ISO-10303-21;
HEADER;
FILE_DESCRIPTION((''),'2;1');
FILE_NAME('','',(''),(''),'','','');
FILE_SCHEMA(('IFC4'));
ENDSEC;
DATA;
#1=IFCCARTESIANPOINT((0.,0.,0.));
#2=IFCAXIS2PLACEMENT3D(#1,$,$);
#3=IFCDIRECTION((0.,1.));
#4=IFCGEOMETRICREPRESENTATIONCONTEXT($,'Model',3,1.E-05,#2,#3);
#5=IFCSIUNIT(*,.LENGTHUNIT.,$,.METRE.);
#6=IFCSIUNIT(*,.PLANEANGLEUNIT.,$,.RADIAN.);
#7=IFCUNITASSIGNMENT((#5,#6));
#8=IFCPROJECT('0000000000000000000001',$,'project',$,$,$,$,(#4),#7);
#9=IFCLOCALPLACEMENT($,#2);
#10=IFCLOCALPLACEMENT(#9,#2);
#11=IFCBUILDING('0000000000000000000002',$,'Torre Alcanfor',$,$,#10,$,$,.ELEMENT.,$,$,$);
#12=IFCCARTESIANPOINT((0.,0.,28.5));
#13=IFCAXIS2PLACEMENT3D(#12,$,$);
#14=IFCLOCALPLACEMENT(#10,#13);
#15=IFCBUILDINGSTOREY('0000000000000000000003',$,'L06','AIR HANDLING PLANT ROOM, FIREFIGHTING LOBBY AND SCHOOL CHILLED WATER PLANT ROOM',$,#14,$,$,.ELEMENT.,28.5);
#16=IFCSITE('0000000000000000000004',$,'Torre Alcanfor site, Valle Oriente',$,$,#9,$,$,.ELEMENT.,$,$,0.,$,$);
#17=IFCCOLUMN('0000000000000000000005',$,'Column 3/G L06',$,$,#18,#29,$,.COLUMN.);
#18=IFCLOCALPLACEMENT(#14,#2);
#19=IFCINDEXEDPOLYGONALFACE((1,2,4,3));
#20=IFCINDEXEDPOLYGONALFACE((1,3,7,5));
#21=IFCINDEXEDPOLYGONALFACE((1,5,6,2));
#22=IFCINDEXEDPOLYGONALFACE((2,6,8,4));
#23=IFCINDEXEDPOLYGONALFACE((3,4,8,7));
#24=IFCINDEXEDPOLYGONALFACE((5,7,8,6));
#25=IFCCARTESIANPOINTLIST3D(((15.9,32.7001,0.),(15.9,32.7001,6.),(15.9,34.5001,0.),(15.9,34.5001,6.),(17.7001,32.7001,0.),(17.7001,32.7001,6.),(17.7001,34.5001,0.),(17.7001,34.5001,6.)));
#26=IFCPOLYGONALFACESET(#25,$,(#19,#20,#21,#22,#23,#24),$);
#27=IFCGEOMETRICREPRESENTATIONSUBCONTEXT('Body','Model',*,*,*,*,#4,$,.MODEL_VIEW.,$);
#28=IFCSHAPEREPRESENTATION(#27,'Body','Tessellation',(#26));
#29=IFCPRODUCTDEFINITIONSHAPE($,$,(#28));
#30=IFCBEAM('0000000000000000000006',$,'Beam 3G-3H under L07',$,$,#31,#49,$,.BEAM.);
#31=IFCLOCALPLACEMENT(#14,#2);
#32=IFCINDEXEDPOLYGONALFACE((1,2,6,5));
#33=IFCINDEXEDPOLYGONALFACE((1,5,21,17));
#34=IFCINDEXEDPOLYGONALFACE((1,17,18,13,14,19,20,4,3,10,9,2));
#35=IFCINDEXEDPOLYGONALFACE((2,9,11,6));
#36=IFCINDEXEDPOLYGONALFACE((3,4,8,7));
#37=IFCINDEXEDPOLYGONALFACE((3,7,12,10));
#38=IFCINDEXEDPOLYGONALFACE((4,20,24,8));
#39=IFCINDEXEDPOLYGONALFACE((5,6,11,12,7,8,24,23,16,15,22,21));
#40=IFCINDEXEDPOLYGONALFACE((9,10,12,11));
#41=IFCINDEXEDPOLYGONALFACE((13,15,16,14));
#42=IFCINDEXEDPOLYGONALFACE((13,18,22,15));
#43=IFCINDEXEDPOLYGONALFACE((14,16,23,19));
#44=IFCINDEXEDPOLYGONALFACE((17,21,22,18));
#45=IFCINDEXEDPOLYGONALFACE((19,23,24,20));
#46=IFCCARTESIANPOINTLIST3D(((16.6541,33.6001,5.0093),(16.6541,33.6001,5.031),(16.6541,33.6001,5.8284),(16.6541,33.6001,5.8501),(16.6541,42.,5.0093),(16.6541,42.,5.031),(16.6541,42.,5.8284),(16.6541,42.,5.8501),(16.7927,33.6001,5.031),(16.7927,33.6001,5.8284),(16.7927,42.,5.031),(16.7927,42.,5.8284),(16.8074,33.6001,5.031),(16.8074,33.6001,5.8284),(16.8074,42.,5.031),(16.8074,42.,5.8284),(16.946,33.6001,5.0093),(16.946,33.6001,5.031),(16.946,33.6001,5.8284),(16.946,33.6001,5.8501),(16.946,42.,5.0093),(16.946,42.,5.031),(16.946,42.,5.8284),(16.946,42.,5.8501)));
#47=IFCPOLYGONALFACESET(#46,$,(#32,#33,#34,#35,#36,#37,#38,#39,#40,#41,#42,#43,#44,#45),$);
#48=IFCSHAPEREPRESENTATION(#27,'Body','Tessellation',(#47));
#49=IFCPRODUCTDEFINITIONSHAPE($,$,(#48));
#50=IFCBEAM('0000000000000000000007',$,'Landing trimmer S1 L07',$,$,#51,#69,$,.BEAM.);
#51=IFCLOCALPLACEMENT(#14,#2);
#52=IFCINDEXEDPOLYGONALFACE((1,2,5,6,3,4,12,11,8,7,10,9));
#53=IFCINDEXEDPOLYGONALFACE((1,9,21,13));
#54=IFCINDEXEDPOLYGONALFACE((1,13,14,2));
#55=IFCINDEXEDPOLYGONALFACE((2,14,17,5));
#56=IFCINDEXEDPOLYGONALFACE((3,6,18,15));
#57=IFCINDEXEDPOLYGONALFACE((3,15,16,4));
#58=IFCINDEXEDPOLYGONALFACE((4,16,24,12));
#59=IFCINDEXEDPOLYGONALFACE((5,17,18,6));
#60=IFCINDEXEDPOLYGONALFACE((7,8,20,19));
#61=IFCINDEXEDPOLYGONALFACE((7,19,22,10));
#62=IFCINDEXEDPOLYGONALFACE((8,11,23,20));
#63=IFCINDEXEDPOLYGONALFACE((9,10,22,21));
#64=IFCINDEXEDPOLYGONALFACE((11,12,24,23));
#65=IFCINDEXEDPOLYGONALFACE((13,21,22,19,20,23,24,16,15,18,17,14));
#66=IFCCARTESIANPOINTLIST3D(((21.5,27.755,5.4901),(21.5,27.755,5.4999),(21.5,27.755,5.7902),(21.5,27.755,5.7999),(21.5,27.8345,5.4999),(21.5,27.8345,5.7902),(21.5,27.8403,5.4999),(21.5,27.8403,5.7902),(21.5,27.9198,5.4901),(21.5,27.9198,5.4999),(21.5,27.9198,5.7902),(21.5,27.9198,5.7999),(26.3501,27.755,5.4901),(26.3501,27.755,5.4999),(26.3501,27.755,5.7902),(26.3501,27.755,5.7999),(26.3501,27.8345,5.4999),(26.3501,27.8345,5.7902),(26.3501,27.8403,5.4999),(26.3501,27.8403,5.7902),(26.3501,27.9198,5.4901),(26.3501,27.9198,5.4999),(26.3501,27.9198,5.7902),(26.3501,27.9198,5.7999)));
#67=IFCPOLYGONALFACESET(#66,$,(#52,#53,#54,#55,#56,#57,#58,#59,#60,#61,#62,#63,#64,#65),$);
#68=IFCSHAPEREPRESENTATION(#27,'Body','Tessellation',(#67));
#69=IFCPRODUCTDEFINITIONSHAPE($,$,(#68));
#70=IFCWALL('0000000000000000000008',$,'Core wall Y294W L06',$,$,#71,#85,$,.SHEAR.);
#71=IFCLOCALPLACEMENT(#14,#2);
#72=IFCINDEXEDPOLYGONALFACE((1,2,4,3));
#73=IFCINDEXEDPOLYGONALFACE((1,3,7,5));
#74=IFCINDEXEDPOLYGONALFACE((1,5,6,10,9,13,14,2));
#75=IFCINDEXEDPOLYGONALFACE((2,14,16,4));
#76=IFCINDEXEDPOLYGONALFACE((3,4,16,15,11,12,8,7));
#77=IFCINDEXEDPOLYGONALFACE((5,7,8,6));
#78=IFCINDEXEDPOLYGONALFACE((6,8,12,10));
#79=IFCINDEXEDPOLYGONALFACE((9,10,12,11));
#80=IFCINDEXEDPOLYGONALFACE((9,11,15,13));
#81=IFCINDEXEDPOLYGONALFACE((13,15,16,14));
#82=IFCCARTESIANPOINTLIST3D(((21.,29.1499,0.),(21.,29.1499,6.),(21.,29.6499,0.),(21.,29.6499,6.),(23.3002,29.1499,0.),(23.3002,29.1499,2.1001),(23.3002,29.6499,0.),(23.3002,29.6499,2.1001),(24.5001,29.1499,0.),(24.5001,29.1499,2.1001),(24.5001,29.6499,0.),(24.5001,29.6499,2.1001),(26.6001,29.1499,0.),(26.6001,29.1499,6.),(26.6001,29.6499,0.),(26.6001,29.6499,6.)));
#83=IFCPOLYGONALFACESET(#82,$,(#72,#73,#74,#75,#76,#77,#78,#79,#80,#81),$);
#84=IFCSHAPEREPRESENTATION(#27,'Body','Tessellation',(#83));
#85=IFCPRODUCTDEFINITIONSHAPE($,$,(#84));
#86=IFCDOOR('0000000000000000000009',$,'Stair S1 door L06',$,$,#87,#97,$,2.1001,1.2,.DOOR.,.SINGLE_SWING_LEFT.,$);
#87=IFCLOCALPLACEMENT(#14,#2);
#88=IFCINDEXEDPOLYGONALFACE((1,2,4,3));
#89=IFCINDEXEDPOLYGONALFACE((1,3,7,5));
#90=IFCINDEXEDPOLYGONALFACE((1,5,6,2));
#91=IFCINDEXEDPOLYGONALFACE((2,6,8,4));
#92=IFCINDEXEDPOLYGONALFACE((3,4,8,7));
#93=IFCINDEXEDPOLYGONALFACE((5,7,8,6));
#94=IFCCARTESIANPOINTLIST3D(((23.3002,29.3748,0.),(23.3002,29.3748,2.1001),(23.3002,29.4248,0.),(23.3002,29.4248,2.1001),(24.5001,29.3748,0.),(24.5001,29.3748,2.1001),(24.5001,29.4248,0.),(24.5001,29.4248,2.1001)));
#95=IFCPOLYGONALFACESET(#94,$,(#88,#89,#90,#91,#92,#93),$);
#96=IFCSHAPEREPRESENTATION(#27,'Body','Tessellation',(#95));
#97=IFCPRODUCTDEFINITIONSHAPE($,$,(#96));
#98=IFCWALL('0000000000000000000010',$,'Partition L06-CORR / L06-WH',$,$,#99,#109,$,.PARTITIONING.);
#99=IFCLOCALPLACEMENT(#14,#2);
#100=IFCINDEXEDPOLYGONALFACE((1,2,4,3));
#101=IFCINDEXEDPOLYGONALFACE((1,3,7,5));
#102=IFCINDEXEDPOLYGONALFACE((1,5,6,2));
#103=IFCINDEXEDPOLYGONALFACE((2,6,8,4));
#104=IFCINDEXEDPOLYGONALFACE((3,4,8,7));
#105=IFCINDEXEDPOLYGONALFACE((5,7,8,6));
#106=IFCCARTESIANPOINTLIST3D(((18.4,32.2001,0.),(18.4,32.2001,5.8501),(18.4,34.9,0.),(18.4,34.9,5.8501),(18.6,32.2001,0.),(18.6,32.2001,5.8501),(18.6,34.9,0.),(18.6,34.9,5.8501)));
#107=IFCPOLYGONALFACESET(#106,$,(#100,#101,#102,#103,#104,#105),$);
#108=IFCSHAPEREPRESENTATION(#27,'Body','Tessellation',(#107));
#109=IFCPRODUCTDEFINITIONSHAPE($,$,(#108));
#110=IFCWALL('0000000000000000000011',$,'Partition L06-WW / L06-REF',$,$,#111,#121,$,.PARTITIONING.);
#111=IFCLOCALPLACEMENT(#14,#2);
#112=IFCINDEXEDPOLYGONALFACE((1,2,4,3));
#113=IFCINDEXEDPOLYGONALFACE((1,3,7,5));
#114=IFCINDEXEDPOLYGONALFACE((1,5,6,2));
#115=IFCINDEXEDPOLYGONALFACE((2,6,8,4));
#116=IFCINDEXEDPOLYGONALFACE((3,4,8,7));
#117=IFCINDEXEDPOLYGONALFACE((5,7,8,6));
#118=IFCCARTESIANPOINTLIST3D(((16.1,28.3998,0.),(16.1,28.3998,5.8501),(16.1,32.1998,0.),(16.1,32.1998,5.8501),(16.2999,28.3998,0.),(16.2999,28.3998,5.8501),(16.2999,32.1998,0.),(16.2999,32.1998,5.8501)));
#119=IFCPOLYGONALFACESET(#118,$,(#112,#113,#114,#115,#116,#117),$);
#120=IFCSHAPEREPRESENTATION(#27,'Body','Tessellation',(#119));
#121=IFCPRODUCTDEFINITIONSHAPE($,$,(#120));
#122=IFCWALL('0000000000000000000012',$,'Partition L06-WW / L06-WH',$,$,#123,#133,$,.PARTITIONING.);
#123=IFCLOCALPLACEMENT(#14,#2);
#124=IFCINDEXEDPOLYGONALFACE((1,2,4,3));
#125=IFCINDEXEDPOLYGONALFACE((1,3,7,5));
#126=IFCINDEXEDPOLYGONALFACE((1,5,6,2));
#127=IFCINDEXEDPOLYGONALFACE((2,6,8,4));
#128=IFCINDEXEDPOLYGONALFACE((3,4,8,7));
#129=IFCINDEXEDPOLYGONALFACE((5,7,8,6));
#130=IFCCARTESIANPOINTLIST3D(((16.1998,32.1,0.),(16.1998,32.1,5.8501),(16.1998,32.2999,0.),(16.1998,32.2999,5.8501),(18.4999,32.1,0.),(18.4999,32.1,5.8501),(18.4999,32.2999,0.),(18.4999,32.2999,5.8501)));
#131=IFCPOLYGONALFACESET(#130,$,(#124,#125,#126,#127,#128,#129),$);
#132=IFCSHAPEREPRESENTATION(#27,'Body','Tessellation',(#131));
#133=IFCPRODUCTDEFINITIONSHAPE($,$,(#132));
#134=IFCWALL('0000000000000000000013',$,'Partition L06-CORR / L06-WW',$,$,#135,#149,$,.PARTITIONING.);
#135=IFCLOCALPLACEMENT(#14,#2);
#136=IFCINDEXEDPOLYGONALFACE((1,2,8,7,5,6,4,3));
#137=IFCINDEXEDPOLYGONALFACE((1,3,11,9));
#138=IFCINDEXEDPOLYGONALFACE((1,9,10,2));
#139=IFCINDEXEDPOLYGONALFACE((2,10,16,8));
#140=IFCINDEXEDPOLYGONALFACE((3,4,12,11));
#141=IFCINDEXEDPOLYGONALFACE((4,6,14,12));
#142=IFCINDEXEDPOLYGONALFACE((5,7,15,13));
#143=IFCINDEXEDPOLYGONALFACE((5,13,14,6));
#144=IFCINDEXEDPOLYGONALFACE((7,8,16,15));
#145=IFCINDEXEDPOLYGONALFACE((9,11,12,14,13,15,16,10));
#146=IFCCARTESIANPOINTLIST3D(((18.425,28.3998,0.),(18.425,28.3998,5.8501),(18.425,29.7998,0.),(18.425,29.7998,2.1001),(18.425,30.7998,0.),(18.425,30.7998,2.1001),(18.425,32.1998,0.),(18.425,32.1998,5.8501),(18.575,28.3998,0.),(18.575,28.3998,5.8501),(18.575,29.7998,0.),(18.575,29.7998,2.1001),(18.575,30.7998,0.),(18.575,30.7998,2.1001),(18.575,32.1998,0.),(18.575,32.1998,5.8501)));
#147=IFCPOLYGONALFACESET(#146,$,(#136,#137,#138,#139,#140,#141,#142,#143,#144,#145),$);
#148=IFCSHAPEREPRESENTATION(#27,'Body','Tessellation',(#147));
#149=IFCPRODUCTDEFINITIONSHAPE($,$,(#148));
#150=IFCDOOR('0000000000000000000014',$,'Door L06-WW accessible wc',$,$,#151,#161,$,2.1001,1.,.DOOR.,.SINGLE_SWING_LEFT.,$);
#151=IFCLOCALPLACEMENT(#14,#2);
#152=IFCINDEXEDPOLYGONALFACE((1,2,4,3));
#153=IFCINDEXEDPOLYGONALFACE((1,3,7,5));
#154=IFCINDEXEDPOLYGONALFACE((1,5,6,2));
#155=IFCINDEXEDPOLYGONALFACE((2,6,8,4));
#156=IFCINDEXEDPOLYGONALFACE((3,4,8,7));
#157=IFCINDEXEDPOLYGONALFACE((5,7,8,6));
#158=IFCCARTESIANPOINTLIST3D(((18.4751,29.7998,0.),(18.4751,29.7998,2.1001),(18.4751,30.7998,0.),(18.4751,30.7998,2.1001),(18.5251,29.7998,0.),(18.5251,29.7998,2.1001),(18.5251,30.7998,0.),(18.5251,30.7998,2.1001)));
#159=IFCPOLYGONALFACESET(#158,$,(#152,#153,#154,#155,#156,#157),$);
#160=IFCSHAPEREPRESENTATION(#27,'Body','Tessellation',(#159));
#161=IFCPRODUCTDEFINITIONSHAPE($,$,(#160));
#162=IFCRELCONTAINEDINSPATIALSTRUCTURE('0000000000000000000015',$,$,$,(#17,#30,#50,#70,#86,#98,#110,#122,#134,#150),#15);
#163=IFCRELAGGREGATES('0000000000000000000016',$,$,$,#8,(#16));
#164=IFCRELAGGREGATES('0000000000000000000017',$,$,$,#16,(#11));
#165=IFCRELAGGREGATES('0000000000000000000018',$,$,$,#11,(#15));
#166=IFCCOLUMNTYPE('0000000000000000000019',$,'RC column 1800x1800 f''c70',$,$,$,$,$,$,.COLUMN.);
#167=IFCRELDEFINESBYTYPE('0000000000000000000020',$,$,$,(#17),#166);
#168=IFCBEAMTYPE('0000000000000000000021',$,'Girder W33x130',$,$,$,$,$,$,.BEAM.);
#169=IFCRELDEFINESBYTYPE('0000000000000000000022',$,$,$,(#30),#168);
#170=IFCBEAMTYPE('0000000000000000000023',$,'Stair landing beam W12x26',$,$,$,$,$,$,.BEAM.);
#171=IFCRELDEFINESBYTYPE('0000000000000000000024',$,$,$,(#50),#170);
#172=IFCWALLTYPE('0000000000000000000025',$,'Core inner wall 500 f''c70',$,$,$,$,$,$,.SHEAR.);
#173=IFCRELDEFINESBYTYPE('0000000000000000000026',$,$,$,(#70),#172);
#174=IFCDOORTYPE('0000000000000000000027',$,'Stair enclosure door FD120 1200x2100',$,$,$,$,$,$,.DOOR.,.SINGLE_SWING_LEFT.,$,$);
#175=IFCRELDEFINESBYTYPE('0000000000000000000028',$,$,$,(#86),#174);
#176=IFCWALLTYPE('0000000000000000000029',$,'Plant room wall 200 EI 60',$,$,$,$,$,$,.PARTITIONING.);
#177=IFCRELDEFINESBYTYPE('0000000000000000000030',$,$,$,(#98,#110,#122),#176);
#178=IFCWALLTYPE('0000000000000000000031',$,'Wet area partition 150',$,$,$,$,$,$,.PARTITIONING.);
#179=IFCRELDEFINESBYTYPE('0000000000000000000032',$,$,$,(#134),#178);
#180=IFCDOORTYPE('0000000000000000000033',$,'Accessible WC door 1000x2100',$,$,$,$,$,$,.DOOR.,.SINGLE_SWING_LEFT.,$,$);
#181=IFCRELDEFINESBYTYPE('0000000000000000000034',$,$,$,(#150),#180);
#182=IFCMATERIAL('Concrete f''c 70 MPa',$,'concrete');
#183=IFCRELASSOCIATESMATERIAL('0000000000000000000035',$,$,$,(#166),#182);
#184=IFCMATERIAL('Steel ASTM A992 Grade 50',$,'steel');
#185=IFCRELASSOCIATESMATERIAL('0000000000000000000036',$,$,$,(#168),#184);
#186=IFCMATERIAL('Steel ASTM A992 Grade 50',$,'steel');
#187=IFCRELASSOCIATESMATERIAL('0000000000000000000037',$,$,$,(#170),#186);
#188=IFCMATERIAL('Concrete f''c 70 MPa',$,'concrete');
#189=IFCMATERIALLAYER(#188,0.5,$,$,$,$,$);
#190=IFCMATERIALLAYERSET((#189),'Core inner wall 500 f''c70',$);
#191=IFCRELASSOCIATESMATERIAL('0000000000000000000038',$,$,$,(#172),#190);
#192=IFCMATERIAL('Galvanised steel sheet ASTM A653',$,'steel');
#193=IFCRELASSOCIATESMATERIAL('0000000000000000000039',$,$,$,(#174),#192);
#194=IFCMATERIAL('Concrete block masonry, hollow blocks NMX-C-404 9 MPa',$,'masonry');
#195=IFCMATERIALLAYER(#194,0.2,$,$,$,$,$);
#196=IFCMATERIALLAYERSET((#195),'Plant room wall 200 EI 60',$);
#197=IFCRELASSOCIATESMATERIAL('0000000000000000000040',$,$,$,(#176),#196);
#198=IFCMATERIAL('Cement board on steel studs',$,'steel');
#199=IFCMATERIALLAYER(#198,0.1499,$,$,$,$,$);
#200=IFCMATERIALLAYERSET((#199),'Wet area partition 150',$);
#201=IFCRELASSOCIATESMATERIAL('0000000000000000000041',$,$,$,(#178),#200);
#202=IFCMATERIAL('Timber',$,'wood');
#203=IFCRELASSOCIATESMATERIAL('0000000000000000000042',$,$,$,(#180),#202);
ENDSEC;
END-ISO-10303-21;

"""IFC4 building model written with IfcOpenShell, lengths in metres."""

from ifc_helpers import new_model, si_unit, direction, frame, frame_2d, origin, origin_2d, place, context, subcontext, project, spatial, rectangle, i_section, extrude, material, layer, layer_set, material_profile, profile_set, type_object, element, fill, save


model = new_model("IFC4")

# Units and contexts
model_context = context("Model", 3, precision=1e-05, world=origin(), true_north=direction((0.0, 1.0)))
body_context = subcontext(model_context, "Body", "Model", "MODEL_VIEW")
ifc_project = project(units=[si_unit("LENGTHUNIT", "METRE"), si_unit("PLANEANGLEUNIT", "RADIAN")], contexts=[model_context])

# Site, building, storey
site_placement = place(None, origin())
site = spatial("IfcSite", under=ifc_project, at=site_placement, Name="Torre Alcanfor site, Valle Oriente", CompositionType="ELEMENT", RefElevation=0.0)
building_placement = place(site_placement, origin())
building = spatial("IfcBuilding", under=site, at=building_placement, Name="Torre Alcanfor", CompositionType="ELEMENT")
storey_placement = place(building_placement, frame((0.0, 0.0, 28.5)))
storey = spatial("IfcBuildingStorey", under=building, at=storey_placement, Name="L06", Description="AIR HANDLING PLANT ROOM, FIREFIGHTING LOBBY AND SCHOOL CHILLED WATER PLANT ROOM", CompositionType="ELEMENT", Elevation=28.5)

# Column
ifc_material_1 = material(Name="Concrete f'c 70 MPa", Category="concrete")
ifc_material_profile_1 = material_profile(ifc_material_1, rectangle(XDim=1.8, YDim=1.8, at=origin_2d()), Name="1800x1800")
ifc_profile_set_1 = profile_set([ifc_material_profile_1], Name="Concrete f'c 70 MPa")
column_type = type_object("IfcColumnType", Name="RC column 1800x1800 f'c70", PredefinedType="COLUMN", material=ifc_profile_set_1)
column_placement = place(storey_placement, frame((16.8, 33.6001, 0.0), z_axis=(0.0, 0.0, 1.0), x_axis=(1.0, 0.0, 0.0)))
element("IfcColumn", 1, at=column_placement, inside=storey, type_object=column_type, Name="Column 3/G L06", PredefinedType="COLUMN", context=body_context, shape_type="SweptSolid", body=[
    extrude(rectangle(XDim=1.8, YDim=1.8, at=origin_2d()), origin(), (0.0, 0.0, 1.0), 6.0),
])

# Beams
ifc_material_2 = material(Name="Steel ASTM A992 Grade 50", Category="steel")
ifc_material_profile_2 = material_profile(ifc_material_2, i_section(OverallWidth=0.292, OverallDepth=0.8408, WebThickness=0.0146, FlangeThickness=0.0217, at=origin_2d()), Name="W33x130")
ifc_profile_set_2 = profile_set([ifc_material_profile_2], Name="Steel ASTM A992 Grade 50")
beam_type_1 = type_object("IfcBeamType", Name="Girder W33x130", PredefinedType="BEAM", material=ifc_profile_set_2)
beam_1_placement = place(storey_placement, frame((16.8, 33.6001, 5.4297), z_axis=(0.0, 1.0, 0.0), x_axis=(-1.0, 0.0, 0.0)))
element("IfcBeam", 2, at=beam_1_placement, inside=storey, type_object=beam_type_1, Name="Beam 3G-3H under L07", PredefinedType="BEAM", context=body_context, shape_type="SweptSolid", body=[
    extrude(i_section(OverallWidth=0.292, OverallDepth=0.8408, WebThickness=0.0146, FlangeThickness=0.0217, at=origin_2d()), origin(), (0.0, 0.0, 1.0), 8.3999),
])
ifc_material_3 = material(Name="Steel ASTM A992 Grade 50", Category="steel")
ifc_material_profile_3 = material_profile(ifc_material_3, i_section(OverallWidth=0.1648, OverallDepth=0.3098, WebThickness=0.0059, FlangeThickness=0.0098, at=origin_2d()), Name="W12x26")
ifc_profile_set_3 = profile_set([ifc_material_profile_3], Name="Steel ASTM A992 Grade 50")
beam_type_2 = type_object("IfcBeamType", Name="Stair landing beam W12x26", PredefinedType="BEAM", material=ifc_profile_set_3)
beam_2_placement = place(storey_placement, frame((21.5, 27.8374, 5.645), z_axis=(1.0, 0.0, 0.0), x_axis=(0.0, 1.0, 0.0)))
element("IfcBeam", 3, at=beam_2_placement, inside=storey, type_object=beam_type_2, Name="Landing trimmer S1 L07", PredefinedType="BEAM", context=body_context, shape_type="SweptSolid", body=[
    extrude(i_section(OverallWidth=0.1648, OverallDepth=0.3098, WebThickness=0.0059, FlangeThickness=0.0098, at=origin_2d()), origin(), (0.0, 0.0, 1.0), 4.8501),
])

# Wall, opening, door
ifc_material_4 = material(Name="Concrete f'c 70 MPa", Category="concrete")
ifc_layer_1 = layer(ifc_material_4, 0.5)
ifc_layer_set_1 = layer_set([ifc_layer_1], Name="Core inner wall 500 f'c70")
wall_type_1 = type_object("IfcWallType", Name="Core inner wall 500 f'c70", PredefinedType="SHEAR", material=ifc_layer_set_1)
wall_1_placement = place(storey_placement, frame((21.0, 29.3999, 0.0), z_axis=(0.0, 0.0, 1.0), x_axis=(1.0, 0.0, 0.0)))
wall_1 = element("IfcWall", 4, at=wall_1_placement, inside=storey, type_object=wall_type_1, Name="Core wall Y294W L06", PredefinedType="SHEAR", context=body_context, shape_type="SweptSolid", body=[
    extrude(rectangle(XDim=5.6001, YDim=0.5, at=frame_2d((2.8, 0.0))), origin(), (0.0, 0.0, 1.0), 6.0),
])
opening_1_placement = place(wall_1_placement, frame((2.3, 0.0, 0.0)))
opening_1 = element("IfcOpeningElement", 5, at=opening_1_placement, cuts=wall_1, PredefinedType="OPENING", context=body_context, shape_type="SweptSolid", body=[
    extrude(rectangle(XDim=1.2, YDim=2.1001, at=frame_2d((0.6001, 1.05))), frame((0.0, 0.26, 0.0), z_axis=(0.0, -1.0, 0.0), x_axis=(1.0, 0.0, 0.0)), (0.0, 0.0, 1.0), 0.52),
])
ifc_material_5 = material(Name="Galvanised steel sheet ASTM A653", Category="steel")
door_type_1 = type_object("IfcDoorType", Name="Stair enclosure door FD120 1200x2100", OperationType="SINGLE_SWING_LEFT", PredefinedType="DOOR", material=ifc_material_5)
door_1_placement = place(opening_1_placement, frame((1.2, 0.0, 0.0), z_axis=(0.0, 0.0, 1.0), x_axis=(-1.0, 0.0, 0.0)))
door_1 = element("IfcDoor", 6, at=door_1_placement, inside=storey, type_object=door_type_1, Name="Stair S1 door L06", OperationType="SINGLE_SWING_LEFT", OverallHeight=2.1001, OverallWidth=1.2, PredefinedType="DOOR", context=body_context, shape_type="SweptSolid", body=[
    extrude(rectangle(XDim=1.2, YDim=2.1001, at=frame_2d((0.5999, 1.05))), frame((0.0, 0.0251, 0.0), z_axis=(0.0, -1.0, 0.0), x_axis=(1.0, 0.0, 0.0)), (0.0, 0.0, 1.0), 0.05),
])
fill(opening_1, door_1)

# Walls
ifc_material_6 = material(Name="Concrete block masonry, hollow blocks NMX-C-404 9 MPa", Category="masonry")
ifc_layer_2 = layer(ifc_material_6, 0.2)
ifc_layer_set_2 = layer_set([ifc_layer_2], Name="Plant room wall 200 EI 60")
wall_type_2 = type_object("IfcWallType", Name="Plant room wall 200 EI 60", PredefinedType="PARTITIONING", material=ifc_layer_set_2)
wall_2_placement = place(storey_placement, frame((18.5, 32.2, 0.0), z_axis=(0.0, 0.0, 1.0), x_axis=(0.0, 1.0, 0.0)))
element("IfcWall", 7, at=wall_2_placement, inside=storey, type_object=wall_type_2, Name="Partition L06-CORR / L06-WH", PredefinedType="PARTITIONING", context=body_context, shape_type="SweptSolid", body=[
    extrude(rectangle(XDim=2.7, YDim=0.2, at=frame_2d((1.3501, 0.0))), origin(), (0.0, 0.0, 1.0), 5.8501),
])
wall_3_placement = place(storey_placement, frame((16.2, 28.3999, 0.0), z_axis=(0.0, 0.0, 1.0), x_axis=(0.0, 1.0, 0.0)))
element("IfcWall", 8, at=wall_3_placement, inside=storey, type_object=wall_type_2, Name="Partition L06-WW / L06-REF", PredefinedType="PARTITIONING", context=body_context, shape_type="SweptSolid", body=[
    extrude(rectangle(XDim=3.8, YDim=0.2, at=frame_2d((1.8999, 0.0))), origin(), (0.0, 0.0, 1.0), 5.8501),
])
wall_4_placement = place(storey_placement, frame((16.2, 32.2, 0.0), z_axis=(0.0, 0.0, 1.0), x_axis=(1.0, 0.0, 0.0)))
element("IfcWall", 9, at=wall_4_placement, inside=storey, type_object=wall_type_2, Name="Partition L06-WW / L06-WH", PredefinedType="PARTITIONING", context=body_context, shape_type="SweptSolid", body=[
    extrude(rectangle(XDim=2.3, YDim=0.2, at=frame_2d((1.1499, 0.0))), origin(), (0.0, 0.0, 1.0), 5.8501),
])

# Wall, opening, door
ifc_material_7 = material(Name="Cement board on steel studs", Category="steel")
ifc_layer_3 = layer(ifc_material_7, 0.1499)
ifc_layer_set_3 = layer_set([ifc_layer_3], Name="Wet area partition 150")
wall_type_3 = type_object("IfcWallType", Name="Wet area partition 150", PredefinedType="PARTITIONING", material=ifc_layer_set_3)
wall_5_placement = place(storey_placement, frame((18.5, 28.3999, 0.0), z_axis=(0.0, 0.0, 1.0), x_axis=(0.0, 1.0, 0.0)))
wall_5 = element("IfcWall", 10, at=wall_5_placement, inside=storey, type_object=wall_type_3, Name="Partition L06-CORR / L06-WW", PredefinedType="PARTITIONING", context=body_context, shape_type="SweptSolid", body=[
    extrude(rectangle(XDim=3.8, YDim=0.1499, at=frame_2d((1.8999, 0.0))), origin(), (0.0, 0.0, 1.0), 5.8501),
])
opening_2_placement = place(wall_5_placement, frame((1.3999, 0.0, 0.0)))
opening_2 = element("IfcOpeningElement", 11, at=opening_2_placement, cuts=wall_5, PredefinedType="OPENING", context=body_context, shape_type="SweptSolid", body=[
    extrude(rectangle(XDim=1.0, YDim=2.1001, at=frame_2d((0.5, 1.05))), frame((0.0, 0.085, 0.0), z_axis=(0.0, -1.0, 0.0), x_axis=(1.0, 0.0, 0.0)), (0.0, 0.0, 1.0), 0.1699),
])
ifc_material_8 = material(Name="Timber", Category="wood")
door_type_2 = type_object("IfcDoorType", Name="Accessible WC door 1000x2100", OperationType="SINGLE_SWING_LEFT", PredefinedType="DOOR", material=ifc_material_8)
door_2_placement = place(opening_2_placement, frame((1.0, 0.0, 0.0), z_axis=(0.0, 0.0, 1.0), x_axis=(-1.0, 0.0, 0.0)))
door_2 = element("IfcDoor", 12, at=door_2_placement, inside=storey, type_object=door_type_2, Name="Door L06-WW accessible wc", OperationType="SINGLE_SWING_LEFT", OverallHeight=2.1001, OverallWidth=1.0, PredefinedType="DOOR", context=body_context, shape_type="SweptSolid", body=[
    extrude(rectangle(XDim=1.0, YDim=2.1001, at=frame_2d((0.5, 1.05))), frame((0.0, 0.0251, 0.0), z_axis=(0.0, -1.0, 0.0), x_axis=(1.0, 0.0, 0.0)), (0.0, 0.0, 1.0), 0.05),
])
fill(opening_2, door_2)

save(model, "model.ifc")
